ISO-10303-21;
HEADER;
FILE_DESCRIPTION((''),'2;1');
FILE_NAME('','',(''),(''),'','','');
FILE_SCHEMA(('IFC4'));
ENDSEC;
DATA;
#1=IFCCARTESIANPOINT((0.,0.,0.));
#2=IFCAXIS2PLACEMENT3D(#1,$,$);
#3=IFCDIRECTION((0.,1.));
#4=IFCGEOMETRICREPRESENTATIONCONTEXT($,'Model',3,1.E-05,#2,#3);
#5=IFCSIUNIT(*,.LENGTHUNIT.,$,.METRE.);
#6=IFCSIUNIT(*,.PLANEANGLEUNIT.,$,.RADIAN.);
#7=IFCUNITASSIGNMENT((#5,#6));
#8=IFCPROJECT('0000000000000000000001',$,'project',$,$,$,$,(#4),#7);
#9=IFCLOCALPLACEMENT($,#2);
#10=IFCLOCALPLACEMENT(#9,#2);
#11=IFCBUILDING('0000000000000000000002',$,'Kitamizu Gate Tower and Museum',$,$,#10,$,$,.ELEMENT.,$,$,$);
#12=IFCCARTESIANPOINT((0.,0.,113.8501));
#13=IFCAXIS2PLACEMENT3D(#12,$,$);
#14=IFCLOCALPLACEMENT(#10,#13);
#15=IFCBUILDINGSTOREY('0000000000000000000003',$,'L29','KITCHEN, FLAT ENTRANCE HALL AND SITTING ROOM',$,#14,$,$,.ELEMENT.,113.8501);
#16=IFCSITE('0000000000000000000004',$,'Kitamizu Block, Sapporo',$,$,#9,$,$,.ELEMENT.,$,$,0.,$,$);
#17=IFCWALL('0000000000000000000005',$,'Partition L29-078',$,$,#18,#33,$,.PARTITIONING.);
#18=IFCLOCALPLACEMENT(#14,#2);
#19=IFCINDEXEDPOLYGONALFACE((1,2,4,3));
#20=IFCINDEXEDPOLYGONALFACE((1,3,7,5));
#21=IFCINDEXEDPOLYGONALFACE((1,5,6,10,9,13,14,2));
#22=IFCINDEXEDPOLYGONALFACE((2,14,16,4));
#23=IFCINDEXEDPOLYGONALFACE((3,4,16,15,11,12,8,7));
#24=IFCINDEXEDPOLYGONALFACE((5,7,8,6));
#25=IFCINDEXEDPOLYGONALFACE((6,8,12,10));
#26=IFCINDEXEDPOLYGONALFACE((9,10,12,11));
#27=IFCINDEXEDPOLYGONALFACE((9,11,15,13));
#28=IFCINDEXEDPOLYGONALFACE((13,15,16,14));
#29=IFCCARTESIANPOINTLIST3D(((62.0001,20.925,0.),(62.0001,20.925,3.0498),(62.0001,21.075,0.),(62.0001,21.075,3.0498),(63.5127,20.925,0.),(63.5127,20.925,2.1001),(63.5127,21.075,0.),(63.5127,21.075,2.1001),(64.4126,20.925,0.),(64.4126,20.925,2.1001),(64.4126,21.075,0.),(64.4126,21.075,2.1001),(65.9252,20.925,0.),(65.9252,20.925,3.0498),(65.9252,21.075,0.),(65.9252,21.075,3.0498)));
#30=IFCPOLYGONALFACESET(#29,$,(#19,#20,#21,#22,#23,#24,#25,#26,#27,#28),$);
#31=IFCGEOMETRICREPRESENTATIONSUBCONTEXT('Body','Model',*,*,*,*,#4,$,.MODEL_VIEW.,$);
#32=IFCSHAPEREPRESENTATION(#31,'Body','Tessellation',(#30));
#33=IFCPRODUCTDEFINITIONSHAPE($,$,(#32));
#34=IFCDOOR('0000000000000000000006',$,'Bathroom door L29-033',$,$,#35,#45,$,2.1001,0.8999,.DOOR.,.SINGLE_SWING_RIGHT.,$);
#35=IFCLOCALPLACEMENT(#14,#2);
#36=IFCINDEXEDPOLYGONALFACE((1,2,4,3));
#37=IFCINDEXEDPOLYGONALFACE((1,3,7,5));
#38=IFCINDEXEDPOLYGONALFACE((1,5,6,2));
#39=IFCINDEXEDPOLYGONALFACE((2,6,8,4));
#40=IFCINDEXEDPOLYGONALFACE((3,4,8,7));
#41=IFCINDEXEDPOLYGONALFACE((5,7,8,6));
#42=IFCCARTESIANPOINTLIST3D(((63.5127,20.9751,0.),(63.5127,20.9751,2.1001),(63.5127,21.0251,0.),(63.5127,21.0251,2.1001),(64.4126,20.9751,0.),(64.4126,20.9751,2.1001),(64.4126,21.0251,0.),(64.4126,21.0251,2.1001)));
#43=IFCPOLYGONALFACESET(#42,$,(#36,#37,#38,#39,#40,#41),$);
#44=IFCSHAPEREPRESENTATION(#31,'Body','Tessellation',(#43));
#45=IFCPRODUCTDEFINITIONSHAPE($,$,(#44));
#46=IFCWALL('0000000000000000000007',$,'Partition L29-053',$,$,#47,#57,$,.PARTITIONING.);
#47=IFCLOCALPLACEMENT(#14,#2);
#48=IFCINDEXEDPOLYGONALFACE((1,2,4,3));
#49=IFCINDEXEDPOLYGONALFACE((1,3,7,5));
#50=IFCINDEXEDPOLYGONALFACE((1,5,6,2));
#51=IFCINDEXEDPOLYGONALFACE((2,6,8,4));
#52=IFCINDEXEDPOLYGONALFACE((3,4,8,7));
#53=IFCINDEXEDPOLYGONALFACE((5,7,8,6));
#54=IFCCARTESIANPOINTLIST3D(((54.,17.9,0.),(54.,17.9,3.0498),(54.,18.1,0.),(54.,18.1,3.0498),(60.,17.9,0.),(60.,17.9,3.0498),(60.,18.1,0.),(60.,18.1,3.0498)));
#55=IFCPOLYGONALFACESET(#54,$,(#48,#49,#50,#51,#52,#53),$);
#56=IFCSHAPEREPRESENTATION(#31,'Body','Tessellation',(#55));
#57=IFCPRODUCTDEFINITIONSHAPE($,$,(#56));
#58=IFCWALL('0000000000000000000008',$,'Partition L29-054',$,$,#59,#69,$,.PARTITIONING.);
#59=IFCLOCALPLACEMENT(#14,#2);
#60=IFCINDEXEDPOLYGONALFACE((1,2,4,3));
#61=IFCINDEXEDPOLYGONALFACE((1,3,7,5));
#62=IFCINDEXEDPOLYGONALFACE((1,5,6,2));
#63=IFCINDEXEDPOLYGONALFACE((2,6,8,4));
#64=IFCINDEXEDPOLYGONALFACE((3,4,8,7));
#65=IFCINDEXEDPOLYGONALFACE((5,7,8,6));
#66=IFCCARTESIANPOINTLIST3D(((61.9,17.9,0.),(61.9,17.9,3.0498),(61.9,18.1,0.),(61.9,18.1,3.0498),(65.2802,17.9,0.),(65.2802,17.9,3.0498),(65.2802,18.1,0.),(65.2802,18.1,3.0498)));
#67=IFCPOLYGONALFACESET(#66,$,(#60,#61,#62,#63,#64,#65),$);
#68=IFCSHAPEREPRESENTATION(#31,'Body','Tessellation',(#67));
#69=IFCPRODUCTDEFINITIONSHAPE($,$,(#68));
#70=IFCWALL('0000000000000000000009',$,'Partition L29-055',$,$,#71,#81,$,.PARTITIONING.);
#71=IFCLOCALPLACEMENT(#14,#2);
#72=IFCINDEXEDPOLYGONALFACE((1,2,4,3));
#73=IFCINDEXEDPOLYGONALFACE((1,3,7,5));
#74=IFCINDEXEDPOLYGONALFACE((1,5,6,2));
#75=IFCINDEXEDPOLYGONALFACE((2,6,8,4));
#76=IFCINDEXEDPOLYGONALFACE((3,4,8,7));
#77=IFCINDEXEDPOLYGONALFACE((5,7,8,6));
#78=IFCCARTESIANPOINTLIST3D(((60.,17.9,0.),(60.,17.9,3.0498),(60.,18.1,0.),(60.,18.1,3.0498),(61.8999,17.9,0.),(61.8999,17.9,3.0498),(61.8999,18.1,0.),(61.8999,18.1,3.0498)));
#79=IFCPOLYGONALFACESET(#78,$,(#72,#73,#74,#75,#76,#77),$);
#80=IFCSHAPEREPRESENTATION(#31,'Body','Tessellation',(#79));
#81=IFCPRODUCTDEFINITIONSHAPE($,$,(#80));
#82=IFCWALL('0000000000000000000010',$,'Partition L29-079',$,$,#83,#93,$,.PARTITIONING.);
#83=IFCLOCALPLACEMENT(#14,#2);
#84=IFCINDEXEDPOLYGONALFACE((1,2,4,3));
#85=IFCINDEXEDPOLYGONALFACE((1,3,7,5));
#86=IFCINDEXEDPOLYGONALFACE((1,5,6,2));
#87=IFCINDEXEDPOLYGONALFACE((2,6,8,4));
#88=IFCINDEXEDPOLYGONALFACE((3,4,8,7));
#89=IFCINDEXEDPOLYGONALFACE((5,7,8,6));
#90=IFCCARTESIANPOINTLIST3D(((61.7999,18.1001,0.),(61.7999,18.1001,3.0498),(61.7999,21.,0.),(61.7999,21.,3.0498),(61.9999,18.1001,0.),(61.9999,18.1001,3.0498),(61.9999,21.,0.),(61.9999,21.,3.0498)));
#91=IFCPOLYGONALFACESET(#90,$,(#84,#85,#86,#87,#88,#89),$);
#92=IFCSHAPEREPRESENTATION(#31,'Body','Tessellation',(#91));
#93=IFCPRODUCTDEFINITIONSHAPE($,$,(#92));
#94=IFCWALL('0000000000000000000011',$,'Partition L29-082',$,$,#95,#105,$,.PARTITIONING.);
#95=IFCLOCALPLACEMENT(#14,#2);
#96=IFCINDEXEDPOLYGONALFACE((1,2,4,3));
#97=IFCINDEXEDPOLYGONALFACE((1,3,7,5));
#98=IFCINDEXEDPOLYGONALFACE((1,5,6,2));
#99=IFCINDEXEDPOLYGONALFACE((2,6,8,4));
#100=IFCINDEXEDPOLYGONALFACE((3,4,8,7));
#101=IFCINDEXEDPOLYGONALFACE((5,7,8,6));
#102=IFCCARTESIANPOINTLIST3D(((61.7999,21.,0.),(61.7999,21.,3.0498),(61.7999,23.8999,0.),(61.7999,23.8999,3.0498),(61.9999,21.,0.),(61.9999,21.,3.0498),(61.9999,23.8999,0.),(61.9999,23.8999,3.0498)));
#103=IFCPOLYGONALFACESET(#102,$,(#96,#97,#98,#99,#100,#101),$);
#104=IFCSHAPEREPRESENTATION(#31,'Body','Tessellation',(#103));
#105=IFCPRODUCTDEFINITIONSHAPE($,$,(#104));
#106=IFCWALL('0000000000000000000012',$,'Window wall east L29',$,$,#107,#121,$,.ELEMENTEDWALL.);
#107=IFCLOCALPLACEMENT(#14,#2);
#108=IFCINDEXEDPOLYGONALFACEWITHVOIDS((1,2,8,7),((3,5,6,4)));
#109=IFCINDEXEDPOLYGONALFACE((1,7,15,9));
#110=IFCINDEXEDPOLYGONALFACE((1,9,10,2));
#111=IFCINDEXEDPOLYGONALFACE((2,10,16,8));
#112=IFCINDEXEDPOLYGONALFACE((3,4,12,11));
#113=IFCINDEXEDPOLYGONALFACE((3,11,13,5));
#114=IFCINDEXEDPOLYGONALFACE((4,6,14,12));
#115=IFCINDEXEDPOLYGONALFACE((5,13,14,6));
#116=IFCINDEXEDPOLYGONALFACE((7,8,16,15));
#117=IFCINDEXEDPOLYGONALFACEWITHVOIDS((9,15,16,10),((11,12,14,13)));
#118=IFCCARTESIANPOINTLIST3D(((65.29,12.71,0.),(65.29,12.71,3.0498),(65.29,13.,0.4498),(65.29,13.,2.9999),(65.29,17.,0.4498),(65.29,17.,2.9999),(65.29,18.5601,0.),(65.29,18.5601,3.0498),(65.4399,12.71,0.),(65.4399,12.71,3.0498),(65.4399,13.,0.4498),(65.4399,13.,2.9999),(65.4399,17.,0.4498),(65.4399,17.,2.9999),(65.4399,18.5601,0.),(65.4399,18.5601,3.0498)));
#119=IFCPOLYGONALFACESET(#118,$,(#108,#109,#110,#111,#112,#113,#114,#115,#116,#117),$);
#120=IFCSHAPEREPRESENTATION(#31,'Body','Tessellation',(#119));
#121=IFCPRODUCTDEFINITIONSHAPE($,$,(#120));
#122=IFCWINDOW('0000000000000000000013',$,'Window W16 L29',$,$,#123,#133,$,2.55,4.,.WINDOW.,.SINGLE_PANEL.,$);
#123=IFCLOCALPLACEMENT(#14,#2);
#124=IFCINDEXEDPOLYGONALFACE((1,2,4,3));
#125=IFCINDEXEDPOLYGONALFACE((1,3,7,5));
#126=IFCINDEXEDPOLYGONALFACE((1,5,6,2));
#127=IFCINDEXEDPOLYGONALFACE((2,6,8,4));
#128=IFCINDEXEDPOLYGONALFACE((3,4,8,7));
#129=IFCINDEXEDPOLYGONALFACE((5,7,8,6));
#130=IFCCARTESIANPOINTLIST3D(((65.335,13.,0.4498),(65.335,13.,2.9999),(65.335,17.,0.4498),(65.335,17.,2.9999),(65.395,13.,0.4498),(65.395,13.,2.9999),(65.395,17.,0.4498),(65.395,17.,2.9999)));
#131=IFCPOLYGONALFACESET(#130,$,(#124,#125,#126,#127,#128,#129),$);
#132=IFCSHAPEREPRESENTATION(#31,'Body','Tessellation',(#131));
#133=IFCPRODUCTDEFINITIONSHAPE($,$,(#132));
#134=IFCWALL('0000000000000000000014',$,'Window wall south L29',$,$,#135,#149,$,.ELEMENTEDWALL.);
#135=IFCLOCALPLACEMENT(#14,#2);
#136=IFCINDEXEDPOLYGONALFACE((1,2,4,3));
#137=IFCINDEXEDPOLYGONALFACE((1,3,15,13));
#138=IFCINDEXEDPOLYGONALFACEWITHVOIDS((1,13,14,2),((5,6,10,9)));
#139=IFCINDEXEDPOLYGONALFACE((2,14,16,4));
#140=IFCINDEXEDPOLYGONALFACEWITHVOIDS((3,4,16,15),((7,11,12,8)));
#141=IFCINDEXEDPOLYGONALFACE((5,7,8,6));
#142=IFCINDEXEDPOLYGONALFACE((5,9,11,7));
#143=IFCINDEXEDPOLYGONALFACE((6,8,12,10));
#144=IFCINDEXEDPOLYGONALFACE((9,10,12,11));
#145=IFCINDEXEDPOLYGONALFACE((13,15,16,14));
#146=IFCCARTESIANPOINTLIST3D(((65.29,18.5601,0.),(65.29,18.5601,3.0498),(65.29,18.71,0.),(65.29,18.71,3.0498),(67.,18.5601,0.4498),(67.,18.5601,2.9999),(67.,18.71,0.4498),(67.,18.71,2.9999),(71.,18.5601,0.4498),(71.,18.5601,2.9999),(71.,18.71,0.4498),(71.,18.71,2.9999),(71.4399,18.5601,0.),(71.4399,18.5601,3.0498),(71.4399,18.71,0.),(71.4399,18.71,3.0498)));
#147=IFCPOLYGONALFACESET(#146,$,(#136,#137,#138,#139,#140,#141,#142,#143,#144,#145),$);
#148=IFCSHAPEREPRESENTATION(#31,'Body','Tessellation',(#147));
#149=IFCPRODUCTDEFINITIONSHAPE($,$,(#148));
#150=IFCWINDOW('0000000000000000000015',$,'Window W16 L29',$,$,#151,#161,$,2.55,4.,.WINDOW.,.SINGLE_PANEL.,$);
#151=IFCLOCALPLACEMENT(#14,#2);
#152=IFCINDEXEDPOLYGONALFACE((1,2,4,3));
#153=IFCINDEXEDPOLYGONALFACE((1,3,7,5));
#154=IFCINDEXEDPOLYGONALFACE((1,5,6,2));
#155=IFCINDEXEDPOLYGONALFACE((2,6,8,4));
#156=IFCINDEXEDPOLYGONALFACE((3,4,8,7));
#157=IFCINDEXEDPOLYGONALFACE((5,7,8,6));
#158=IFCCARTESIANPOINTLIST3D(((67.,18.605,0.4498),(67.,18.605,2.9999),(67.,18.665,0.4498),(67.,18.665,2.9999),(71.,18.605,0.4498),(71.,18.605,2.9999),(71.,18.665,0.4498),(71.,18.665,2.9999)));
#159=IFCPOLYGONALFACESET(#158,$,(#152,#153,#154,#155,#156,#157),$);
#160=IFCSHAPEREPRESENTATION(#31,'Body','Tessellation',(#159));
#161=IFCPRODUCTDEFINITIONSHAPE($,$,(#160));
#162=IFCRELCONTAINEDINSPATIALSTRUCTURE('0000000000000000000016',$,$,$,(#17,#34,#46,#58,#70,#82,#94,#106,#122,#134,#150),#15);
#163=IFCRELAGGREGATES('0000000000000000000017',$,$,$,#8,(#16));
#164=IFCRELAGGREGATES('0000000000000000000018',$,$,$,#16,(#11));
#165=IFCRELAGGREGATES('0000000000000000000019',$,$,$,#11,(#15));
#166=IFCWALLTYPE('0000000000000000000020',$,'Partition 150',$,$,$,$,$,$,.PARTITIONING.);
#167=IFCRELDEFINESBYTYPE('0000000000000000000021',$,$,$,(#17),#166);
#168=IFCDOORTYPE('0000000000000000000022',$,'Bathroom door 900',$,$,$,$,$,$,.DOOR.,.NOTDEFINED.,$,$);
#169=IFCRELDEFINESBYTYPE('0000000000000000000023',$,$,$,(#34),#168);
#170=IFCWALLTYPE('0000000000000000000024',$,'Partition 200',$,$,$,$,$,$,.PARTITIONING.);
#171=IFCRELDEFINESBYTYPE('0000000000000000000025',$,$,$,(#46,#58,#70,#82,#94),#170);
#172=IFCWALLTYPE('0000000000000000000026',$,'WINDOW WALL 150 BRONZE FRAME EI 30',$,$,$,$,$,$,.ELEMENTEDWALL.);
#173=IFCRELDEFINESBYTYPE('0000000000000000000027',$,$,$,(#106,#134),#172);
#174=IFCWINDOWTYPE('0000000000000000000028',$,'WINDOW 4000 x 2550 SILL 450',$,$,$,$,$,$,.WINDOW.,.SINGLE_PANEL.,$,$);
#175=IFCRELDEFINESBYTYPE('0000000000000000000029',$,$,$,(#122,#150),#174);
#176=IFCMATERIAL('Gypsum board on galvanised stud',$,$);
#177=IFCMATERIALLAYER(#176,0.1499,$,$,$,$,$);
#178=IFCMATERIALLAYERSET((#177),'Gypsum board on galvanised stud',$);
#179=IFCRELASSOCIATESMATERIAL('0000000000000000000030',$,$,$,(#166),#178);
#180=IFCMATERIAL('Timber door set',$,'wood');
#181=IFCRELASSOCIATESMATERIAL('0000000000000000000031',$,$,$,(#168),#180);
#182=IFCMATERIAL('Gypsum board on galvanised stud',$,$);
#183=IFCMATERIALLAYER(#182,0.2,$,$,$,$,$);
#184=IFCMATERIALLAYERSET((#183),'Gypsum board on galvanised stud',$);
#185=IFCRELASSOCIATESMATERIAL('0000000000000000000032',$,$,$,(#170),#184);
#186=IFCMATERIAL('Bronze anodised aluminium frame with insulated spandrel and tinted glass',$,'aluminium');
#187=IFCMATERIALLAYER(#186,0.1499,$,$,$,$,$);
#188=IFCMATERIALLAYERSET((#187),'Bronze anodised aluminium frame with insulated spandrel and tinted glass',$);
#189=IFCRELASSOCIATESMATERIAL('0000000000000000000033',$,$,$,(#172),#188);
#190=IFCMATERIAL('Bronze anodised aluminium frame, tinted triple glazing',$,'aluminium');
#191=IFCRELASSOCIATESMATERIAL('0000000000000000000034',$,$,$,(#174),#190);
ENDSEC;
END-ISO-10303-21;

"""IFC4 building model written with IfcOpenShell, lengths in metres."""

from ifc_helpers import new_model, si_unit, direction, frame, frame_2d, origin, place, context, subcontext, project, spatial, rectangle, extrude, material, layer, layer_set, type_object, element, fill, save


model = new_model("IFC4")

# Units and contexts
model_context = context("Model", 3, precision=1e-05, world=origin(), true_north=direction((0.0, 1.0)))
body_context = subcontext(model_context, "Body", "Model", "MODEL_VIEW")
ifc_project = project(units=[si_unit("LENGTHUNIT", "METRE"), si_unit("PLANEANGLEUNIT", "RADIAN")], contexts=[model_context])

# Site, building, storey
site_placement = place(None, origin())
site = spatial("IfcSite", under=ifc_project, at=site_placement, Name="Kitamizu Block, Sapporo", CompositionType="ELEMENT", RefElevation=0.0)
building_placement = place(site_placement, origin())
building = spatial("IfcBuilding", under=site, at=building_placement, Name="Kitamizu Gate Tower and Museum", CompositionType="ELEMENT")
storey_placement = place(building_placement, frame((0.0, 0.0, 113.8501)))
storey = spatial("IfcBuildingStorey", under=building, at=storey_placement, Name="L29", Description="KITCHEN, FLAT ENTRANCE HALL AND SITTING ROOM", CompositionType="ELEMENT", Elevation=113.8501)

# Shared definitions
ifc_material_1 = material(Name="Gypsum board on galvanised stud")
ifc_layer_1 = layer(ifc_material_1, 0.1499)
ifc_layer_set_1 = layer_set([ifc_layer_1], Name="Gypsum board on galvanised stud")
wall_type_1 = type_object("IfcWallType", Name="Partition 150", PredefinedType="PARTITIONING", material=ifc_layer_set_1)

# Wall, opening, door
wall_1_placement = place(storey_placement, frame((65.925, 21.0, 0.0), z_axis=(0.0, 0.0, 1.0), x_axis=(-1.0, 0.0, 0.0)))
wall_1 = element("IfcWall", 1, at=wall_1_placement, inside=storey, type_object=wall_type_1, Name="Partition L29-078", PredefinedType="PARTITIONING", context=body_context, shape_type="SweptSolid", body=[
    extrude(rectangle(XDim=3.925, YDim=0.1499, at=frame_2d((1.9624, 0.0))), origin(), (0.0, 0.0, 1.0), 3.0498),
])
opening_1_placement = place(wall_1_placement, frame((1.5125, 0.0, 0.0)))
opening_1 = element("IfcOpeningElement", 2, at=opening_1_placement, cuts=wall_1, PredefinedType="OPENING", context=body_context, shape_type="SweptSolid", body=[
    extrude(rectangle(XDim=0.8999, YDim=2.1001, at=frame_2d((0.45, 1.05))), frame((0.0, 0.085, 0.0), z_axis=(0.0, -1.0, 0.0), x_axis=(1.0, 0.0, 0.0)), (0.0, 0.0, 1.0), 0.1699),
])
ifc_material_2 = material(Name="Timber door set", Category="wood")
door_type_1 = type_object("IfcDoorType", Name="Bathroom door 900", OperationType="NOTDEFINED", PredefinedType="DOOR", material=ifc_material_2)
door_1_placement = place(opening_1_placement, origin())
door_1 = element("IfcDoor", 3, at=door_1_placement, inside=storey, type_object=door_type_1, Name="Bathroom door L29-033", OperationType="SINGLE_SWING_RIGHT", OverallHeight=2.1001, OverallWidth=0.8999, PredefinedType="DOOR", context=body_context, shape_type="SweptSolid", body=[
    extrude(rectangle(XDim=0.8999, YDim=2.1001, at=frame_2d((0.45, 1.05))), frame((0.0, 0.0249, 0.0), z_axis=(0.0, -1.0, 0.0), x_axis=(1.0, 0.0, 0.0)), (0.0, 0.0, 1.0), 0.05),
])
fill(opening_1, door_1)

# Walls
ifc_material_3 = material(Name="Gypsum board on galvanised stud")
ifc_layer_2 = layer(ifc_material_3, 0.2)
ifc_layer_set_2 = layer_set([ifc_layer_2], Name="Gypsum board on galvanised stud")
wall_type_2 = type_object("IfcWallType", Name="Partition 200", PredefinedType="PARTITIONING", material=ifc_layer_set_2)
wall_2_placement = place(storey_placement, frame((60.0, 18.0, 0.0), z_axis=(0.0, 0.0, 1.0), x_axis=(-1.0, 0.0, 0.0)))
element("IfcWall", 4, at=wall_2_placement, inside=storey, type_object=wall_type_2, Name="Partition L29-053", PredefinedType="PARTITIONING", context=body_context, shape_type="SweptSolid", body=[
    extrude(rectangle(XDim=6.0, YDim=0.2, at=frame_2d((3.0, 0.0))), origin(), (0.0, 0.0, 1.0), 3.0498),
])
wall_3_placement = place(storey_placement, frame((65.28, 18.0, 0.0), z_axis=(0.0, 0.0, 1.0), x_axis=(-1.0, 0.0, 0.0)))
element("IfcWall", 5, at=wall_3_placement, inside=storey, type_object=wall_type_2, Name="Partition L29-054", PredefinedType="PARTITIONING", context=body_context, shape_type="SweptSolid", body=[
    extrude(rectangle(XDim=3.3801, YDim=0.2, at=frame_2d((1.6899, 0.0))), origin(), (0.0, 0.0, 1.0), 3.0498),
])
wall_4_placement = place(storey_placement, frame((61.8999, 18.0, 0.0), z_axis=(0.0, 0.0, 1.0), x_axis=(-1.0, 0.0, 0.0)))
element("IfcWall", 6, at=wall_4_placement, inside=storey, type_object=wall_type_2, Name="Partition L29-055", PredefinedType="PARTITIONING", context=body_context, shape_type="SweptSolid", body=[
    extrude(rectangle(XDim=1.8999, YDim=0.2, at=frame_2d((0.95, 0.0))), origin(), (0.0, 0.0, 1.0), 3.0498),
])
for number, where, z_axis, x_axis, name in (
    (7, (61.8999, 21.0, 0.0), (0.0, 0.0, 1.0), (0.0, -1.0, 0.0), "Partition L29-079"),
    (8, (61.8999, 23.8999, 0.0), (0.0, 0.0, 1.0), (0.0, -1.0, 0.0), "Partition L29-082"),
):
    element("IfcWall", number, at=place(storey_placement, frame(where, z_axis=z_axis, x_axis=x_axis)), inside=storey, type_object=wall_type_2, Name=name, PredefinedType="PARTITIONING", context=body_context, shape_type="SweptSolid", body=[
        extrude(rectangle(XDim=2.8999, YDim=0.2, at=frame_2d((1.45, 0.0))), origin(), (0.0, 0.0, 1.0), 3.0498),
    ])

# Walls, openings, windows
ifc_material_4 = material(Name="Bronze anodised aluminium frame with insulated spandrel and tinted glass", Category="aluminium")
ifc_layer_3 = layer(ifc_material_4, 0.1499)
ifc_layer_set_3 = layer_set([ifc_layer_3], Name="Bronze anodised aluminium frame with insulated spandrel and tinted glass")
wall_type_3 = type_object("IfcWallType", Name="WINDOW WALL 150 BRONZE FRAME EI 30", PredefinedType="ELEMENTEDWALL", material=ifc_layer_set_3)
wall_5_placement = place(storey_placement, frame((65.365, 12.71, 0.0), z_axis=(0.0, 0.0, 1.0), x_axis=(0.0, 1.0, 0.0)))
wall_5 = element("IfcWall", 9, at=wall_5_placement, inside=storey, type_object=wall_type_3, Name="Window wall east L29", PredefinedType="ELEMENTEDWALL", context=body_context, shape_type="SweptSolid", body=[
    extrude(rectangle(XDim=5.8501, YDim=0.1499, at=frame_2d((2.925, 0.0))), origin(), (0.0, 0.0, 1.0), 3.0498),
])
opening_2_placement = place(wall_5_placement, frame((0.29, 0.0, 0.45)))
opening_2 = element("IfcOpeningElement", 10, at=opening_2_placement, cuts=wall_5, PredefinedType="OPENING", context=body_context, shape_type="SweptSolid", body=[
    extrude(rectangle(XDim=4.0, YDim=2.55, at=frame_2d((2.0, 1.2749))), frame((0.0, 0.085, 0.0), z_axis=(0.0, -1.0, 0.0), x_axis=(1.0, 0.0, 0.0)), (0.0, 0.0, 1.0), 0.1699),
])
ifc_material_5 = material(Name="Bronze anodised aluminium frame, tinted triple glazing", Category="aluminium")
window_type_1 = type_object("IfcWindowType", Name="WINDOW 4000 x 2550 SILL 450", PartitioningType="SINGLE_PANEL", PredefinedType="WINDOW", material=ifc_material_5)
window_1_placement = place(opening_2_placement, origin())
window_1 = element("IfcWindow", 11, at=window_1_placement, inside=storey, type_object=window_type_1, Name="Window W16 L29", OverallHeight=2.55, OverallWidth=4.0, PartitioningType="SINGLE_PANEL", PredefinedType="WINDOW", context=body_context, shape_type="SweptSolid", body=[
    extrude(rectangle(XDim=4.0, YDim=2.55, at=frame_2d((2.0, 1.2749))), frame((0.0, 0.03, 0.0), z_axis=(0.0, -1.0, 0.0), x_axis=(1.0, 0.0, 0.0)), (0.0, 0.0, 1.0), 0.0601),
])
fill(opening_2, window_1)
wall_6_placement = place(storey_placement, frame((65.29, 18.635, 0.0), z_axis=(0.0, 0.0, 1.0), x_axis=(1.0, 0.0, 0.0)))
wall_6 = element("IfcWall", 12, at=wall_6_placement, inside=storey, type_object=wall_type_3, Name="Window wall south L29", PredefinedType="ELEMENTEDWALL", context=body_context, shape_type="SweptSolid", body=[
    extrude(rectangle(XDim=6.1499, YDim=0.1499, at=frame_2d((3.075, 0.0))), origin(), (0.0, 0.0, 1.0), 3.0498),
])
opening_3_placement = place(wall_6_placement, frame((1.71, 0.0, 0.45)))
opening_3 = element("IfcOpeningElement", 13, at=opening_3_placement, cuts=wall_6, PredefinedType="OPENING", context=body_context, shape_type="SweptSolid", body=[
    extrude(rectangle(XDim=4.0, YDim=2.55, at=frame_2d((2.0, 1.2749))), frame((0.0, 0.085, 0.0), z_axis=(0.0, -1.0, 0.0), x_axis=(1.0, 0.0, 0.0)), (0.0, 0.0, 1.0), 0.1699),
])
window_2_placement = place(opening_3_placement, origin())
window_2 = element("IfcWindow", 14, at=window_2_placement, inside=storey, type_object=window_type_1, Name="Window W16 L29", OverallHeight=2.55, OverallWidth=4.0, PartitioningType="SINGLE_PANEL", PredefinedType="WINDOW", context=body_context, shape_type="SweptSolid", body=[
    extrude(rectangle(XDim=4.0, YDim=2.55, at=frame_2d((2.0, 1.2749))), frame((0.0, 0.03, 0.0), z_axis=(0.0, -1.0, 0.0), x_axis=(1.0, 0.0, 0.0)), (0.0, 0.0, 1.0), 0.0601),
])
fill(opening_3, window_2)

save(model, "model.ifc")
